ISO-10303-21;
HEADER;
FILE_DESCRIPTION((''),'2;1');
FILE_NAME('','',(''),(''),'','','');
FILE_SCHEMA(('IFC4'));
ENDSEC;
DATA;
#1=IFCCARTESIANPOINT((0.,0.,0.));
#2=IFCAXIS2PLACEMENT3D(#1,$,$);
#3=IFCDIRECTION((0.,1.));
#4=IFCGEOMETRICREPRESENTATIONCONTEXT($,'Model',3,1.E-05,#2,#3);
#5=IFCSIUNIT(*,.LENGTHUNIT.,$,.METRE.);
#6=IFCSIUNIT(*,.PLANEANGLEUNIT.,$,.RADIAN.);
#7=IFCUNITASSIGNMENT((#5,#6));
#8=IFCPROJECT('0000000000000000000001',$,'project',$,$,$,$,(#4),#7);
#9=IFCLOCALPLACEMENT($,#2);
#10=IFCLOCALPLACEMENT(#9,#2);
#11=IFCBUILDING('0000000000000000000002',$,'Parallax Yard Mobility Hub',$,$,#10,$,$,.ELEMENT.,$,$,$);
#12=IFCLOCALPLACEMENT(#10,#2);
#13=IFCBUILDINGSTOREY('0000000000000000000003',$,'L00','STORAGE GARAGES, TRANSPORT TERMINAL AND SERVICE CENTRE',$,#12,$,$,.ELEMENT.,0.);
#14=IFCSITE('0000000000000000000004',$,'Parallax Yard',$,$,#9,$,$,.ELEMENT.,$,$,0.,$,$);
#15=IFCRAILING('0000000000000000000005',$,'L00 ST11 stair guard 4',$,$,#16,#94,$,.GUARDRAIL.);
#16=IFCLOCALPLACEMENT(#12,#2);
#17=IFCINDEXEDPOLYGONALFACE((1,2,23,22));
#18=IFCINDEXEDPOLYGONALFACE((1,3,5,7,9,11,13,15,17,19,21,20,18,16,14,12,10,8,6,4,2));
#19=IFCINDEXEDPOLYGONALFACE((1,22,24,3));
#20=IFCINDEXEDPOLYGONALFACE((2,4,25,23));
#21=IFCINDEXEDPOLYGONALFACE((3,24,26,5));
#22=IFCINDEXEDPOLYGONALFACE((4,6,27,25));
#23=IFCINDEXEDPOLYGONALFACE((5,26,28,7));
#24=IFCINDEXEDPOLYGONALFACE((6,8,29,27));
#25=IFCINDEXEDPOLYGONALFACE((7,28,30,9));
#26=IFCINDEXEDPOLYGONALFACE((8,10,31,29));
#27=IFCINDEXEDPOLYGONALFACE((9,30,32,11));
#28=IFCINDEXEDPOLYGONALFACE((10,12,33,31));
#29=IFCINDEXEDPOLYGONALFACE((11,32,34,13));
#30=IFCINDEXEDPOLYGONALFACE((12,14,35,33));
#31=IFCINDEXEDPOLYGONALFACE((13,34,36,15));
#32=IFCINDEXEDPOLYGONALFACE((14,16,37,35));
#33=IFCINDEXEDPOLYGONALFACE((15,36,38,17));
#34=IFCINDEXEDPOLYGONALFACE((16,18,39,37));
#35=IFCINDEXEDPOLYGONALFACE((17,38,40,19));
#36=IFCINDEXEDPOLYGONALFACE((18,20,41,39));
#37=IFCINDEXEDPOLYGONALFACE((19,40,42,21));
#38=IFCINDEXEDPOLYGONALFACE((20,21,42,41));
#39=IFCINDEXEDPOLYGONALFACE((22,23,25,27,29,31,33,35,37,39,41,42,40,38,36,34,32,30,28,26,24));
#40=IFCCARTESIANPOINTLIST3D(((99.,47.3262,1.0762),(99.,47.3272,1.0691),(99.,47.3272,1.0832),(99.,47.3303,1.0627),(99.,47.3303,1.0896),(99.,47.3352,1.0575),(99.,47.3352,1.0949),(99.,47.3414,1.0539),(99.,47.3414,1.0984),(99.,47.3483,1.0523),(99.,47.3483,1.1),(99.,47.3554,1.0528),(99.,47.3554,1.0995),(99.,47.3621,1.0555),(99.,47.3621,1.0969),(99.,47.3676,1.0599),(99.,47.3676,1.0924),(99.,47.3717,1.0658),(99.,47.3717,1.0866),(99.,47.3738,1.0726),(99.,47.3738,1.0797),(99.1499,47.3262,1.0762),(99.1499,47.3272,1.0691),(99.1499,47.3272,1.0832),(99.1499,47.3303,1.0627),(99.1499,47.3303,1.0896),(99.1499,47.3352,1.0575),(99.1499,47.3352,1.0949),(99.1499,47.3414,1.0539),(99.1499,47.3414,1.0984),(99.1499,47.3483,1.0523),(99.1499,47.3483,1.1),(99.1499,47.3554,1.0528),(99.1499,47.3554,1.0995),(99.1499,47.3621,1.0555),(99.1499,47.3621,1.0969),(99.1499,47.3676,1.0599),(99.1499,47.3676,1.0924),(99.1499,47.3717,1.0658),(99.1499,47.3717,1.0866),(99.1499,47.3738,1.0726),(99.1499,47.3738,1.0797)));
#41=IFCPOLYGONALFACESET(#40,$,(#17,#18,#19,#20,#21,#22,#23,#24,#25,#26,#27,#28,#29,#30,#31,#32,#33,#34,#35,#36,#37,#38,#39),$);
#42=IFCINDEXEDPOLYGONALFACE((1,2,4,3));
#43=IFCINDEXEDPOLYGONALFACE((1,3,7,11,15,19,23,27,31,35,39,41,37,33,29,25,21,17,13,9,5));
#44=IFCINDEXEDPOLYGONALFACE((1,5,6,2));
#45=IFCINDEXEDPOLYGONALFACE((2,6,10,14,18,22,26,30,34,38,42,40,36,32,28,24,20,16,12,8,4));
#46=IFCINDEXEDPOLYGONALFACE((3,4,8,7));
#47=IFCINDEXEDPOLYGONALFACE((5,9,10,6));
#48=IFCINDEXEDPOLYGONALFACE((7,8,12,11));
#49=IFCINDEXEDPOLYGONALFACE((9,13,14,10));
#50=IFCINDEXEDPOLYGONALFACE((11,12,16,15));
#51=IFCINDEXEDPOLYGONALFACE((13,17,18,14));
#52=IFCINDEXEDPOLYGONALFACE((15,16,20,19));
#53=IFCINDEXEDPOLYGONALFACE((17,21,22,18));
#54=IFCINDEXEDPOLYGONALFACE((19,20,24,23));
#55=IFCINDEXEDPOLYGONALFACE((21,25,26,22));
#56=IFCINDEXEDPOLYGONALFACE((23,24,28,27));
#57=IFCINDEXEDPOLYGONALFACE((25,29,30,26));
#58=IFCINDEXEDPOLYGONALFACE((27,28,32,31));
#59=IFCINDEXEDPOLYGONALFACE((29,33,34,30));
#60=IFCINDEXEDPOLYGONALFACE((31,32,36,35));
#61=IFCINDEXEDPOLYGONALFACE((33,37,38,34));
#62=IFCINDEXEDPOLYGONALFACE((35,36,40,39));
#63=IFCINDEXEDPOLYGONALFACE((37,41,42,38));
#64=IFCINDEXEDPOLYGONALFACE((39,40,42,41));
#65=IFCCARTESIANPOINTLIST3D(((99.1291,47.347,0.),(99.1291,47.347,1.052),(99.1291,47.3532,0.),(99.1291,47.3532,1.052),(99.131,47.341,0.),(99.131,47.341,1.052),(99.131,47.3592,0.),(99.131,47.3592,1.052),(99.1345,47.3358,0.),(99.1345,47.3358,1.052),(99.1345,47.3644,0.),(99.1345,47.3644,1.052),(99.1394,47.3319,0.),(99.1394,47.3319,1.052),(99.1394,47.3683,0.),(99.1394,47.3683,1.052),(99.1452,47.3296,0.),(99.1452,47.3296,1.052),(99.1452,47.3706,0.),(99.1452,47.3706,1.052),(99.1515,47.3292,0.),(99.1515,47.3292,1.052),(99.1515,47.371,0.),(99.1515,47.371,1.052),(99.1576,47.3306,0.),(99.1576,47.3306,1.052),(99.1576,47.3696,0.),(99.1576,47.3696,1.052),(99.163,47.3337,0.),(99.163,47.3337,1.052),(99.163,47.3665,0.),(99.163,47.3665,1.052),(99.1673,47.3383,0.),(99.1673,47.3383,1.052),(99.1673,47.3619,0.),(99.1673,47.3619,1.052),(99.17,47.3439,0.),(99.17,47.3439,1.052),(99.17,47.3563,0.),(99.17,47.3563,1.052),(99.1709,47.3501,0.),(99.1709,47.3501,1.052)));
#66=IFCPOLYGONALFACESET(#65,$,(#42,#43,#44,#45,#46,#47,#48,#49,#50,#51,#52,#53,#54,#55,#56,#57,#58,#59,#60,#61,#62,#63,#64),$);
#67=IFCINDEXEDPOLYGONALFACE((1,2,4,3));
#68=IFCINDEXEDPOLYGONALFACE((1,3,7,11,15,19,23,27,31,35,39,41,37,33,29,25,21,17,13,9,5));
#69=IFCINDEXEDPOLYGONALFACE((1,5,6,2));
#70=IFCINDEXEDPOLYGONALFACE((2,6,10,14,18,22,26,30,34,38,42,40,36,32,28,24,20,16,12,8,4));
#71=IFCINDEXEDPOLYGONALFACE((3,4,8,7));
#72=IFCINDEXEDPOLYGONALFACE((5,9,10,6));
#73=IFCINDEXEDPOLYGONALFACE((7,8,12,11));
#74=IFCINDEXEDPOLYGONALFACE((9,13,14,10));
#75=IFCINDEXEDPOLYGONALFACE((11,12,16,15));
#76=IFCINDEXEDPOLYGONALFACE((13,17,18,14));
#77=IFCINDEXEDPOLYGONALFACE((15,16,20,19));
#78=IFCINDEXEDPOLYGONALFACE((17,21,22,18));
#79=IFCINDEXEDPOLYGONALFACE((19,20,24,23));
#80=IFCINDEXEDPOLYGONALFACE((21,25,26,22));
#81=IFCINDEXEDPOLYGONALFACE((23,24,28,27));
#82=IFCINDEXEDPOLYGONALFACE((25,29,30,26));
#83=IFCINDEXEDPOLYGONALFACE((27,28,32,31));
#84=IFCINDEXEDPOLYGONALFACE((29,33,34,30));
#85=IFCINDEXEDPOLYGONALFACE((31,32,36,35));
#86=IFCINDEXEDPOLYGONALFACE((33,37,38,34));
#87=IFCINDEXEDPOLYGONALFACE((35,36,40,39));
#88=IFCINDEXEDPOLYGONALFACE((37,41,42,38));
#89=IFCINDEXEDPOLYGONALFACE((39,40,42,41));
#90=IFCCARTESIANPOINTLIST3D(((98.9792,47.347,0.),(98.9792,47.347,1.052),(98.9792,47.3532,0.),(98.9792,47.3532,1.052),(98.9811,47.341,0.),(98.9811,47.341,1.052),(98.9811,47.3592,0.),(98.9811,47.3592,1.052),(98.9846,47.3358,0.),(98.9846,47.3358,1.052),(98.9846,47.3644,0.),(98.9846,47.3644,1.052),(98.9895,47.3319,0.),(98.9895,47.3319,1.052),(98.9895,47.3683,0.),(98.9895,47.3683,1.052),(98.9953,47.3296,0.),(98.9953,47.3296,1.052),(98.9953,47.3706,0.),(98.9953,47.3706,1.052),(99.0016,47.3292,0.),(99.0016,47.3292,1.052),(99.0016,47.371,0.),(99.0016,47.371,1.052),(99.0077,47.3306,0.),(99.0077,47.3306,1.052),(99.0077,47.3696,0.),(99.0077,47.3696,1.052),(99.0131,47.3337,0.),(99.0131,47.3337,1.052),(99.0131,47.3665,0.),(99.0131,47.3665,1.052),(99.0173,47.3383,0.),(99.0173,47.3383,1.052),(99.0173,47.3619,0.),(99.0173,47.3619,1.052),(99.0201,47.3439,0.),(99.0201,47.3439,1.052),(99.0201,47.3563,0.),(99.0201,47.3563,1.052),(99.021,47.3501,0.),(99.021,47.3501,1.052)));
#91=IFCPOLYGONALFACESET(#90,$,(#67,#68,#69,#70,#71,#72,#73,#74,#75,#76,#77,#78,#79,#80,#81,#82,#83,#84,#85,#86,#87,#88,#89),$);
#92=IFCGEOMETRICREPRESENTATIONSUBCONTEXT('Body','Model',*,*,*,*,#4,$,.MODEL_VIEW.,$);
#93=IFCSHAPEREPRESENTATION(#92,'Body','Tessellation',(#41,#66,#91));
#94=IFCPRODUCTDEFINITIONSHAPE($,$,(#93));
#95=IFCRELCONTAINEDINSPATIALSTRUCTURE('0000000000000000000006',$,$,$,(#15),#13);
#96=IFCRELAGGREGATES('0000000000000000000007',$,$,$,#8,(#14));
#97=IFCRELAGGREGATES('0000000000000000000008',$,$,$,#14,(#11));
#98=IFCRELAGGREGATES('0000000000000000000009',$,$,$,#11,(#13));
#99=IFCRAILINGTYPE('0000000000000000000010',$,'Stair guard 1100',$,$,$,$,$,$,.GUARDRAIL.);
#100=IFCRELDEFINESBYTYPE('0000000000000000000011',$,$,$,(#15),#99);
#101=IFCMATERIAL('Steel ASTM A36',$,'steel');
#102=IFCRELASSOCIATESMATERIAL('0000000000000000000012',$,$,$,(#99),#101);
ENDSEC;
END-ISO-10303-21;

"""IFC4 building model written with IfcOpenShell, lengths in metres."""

from ifc_helpers import new_model, si_unit, direction, frame, origin, origin_2d, place, context, subcontext, project, spatial, circle, extrude, material, type_object, element, save


model = new_model("IFC4")

# Units and contexts
model_context = context("Model", 3, precision=1e-05, world=origin(), true_north=direction((0.0, 1.0)))
body_context = subcontext(model_context, "Body", "Model", "MODEL_VIEW")
ifc_project = project(units=[si_unit("LENGTHUNIT", "METRE"), si_unit("PLANEANGLEUNIT", "RADIAN")], contexts=[model_context])

# Site, building, storey
site_placement = place(None, origin())
site = spatial("IfcSite", under=ifc_project, at=site_placement, Name="Parallax Yard", CompositionType="ELEMENT", RefElevation=0.0)
building_placement = place(site_placement, origin())
building = spatial("IfcBuilding", under=site, at=building_placement, Name="Parallax Yard Mobility Hub", CompositionType="ELEMENT")
storey_placement = place(building_placement, origin())
storey = spatial("IfcBuildingStorey", under=building, at=storey_placement, Name="L00", Description="STORAGE GARAGES, TRANSPORT TERMINAL AND SERVICE CENTRE", CompositionType="ELEMENT", Elevation=0.0)

# Railing
ifc_material_1 = material(Name="Steel ASTM A36", Category="steel")
railing_type = type_object("IfcRailingType", Name="Stair guard 1100", PredefinedType="GUARDRAIL", material=ifc_material_1)
railing_1_placement = place(storey_placement, frame((99.1499, 47.3501, 0.0)))
element("IfcRailing", 1, at=railing_1_placement, inside=storey, type_object=railing_type, Name="L00 ST11 stair guard 4", PredefinedType="GUARDRAIL", context=body_context, shape_type="SweptSolid", body=[
    extrude(circle(Radius=0.0239, at=origin_2d()), frame((0.0, 0.0, 1.0762), z_axis=(-1.0, 0.0, 0.0), x_axis=(0.0, -1.0, 0.0)), (0.0, 0.0, 1.0), 0.1499),
    extrude(circle(Radius=0.021, at=origin_2d()), origin(), (0.0, 0.0, 1.0), 1.052),
    extrude(circle(Radius=0.021, at=origin_2d()), frame((-0.1499, 0.0, 0.0)), (0.0, 0.0, 1.0), 1.052),
])

save(model, "model.ifc")
